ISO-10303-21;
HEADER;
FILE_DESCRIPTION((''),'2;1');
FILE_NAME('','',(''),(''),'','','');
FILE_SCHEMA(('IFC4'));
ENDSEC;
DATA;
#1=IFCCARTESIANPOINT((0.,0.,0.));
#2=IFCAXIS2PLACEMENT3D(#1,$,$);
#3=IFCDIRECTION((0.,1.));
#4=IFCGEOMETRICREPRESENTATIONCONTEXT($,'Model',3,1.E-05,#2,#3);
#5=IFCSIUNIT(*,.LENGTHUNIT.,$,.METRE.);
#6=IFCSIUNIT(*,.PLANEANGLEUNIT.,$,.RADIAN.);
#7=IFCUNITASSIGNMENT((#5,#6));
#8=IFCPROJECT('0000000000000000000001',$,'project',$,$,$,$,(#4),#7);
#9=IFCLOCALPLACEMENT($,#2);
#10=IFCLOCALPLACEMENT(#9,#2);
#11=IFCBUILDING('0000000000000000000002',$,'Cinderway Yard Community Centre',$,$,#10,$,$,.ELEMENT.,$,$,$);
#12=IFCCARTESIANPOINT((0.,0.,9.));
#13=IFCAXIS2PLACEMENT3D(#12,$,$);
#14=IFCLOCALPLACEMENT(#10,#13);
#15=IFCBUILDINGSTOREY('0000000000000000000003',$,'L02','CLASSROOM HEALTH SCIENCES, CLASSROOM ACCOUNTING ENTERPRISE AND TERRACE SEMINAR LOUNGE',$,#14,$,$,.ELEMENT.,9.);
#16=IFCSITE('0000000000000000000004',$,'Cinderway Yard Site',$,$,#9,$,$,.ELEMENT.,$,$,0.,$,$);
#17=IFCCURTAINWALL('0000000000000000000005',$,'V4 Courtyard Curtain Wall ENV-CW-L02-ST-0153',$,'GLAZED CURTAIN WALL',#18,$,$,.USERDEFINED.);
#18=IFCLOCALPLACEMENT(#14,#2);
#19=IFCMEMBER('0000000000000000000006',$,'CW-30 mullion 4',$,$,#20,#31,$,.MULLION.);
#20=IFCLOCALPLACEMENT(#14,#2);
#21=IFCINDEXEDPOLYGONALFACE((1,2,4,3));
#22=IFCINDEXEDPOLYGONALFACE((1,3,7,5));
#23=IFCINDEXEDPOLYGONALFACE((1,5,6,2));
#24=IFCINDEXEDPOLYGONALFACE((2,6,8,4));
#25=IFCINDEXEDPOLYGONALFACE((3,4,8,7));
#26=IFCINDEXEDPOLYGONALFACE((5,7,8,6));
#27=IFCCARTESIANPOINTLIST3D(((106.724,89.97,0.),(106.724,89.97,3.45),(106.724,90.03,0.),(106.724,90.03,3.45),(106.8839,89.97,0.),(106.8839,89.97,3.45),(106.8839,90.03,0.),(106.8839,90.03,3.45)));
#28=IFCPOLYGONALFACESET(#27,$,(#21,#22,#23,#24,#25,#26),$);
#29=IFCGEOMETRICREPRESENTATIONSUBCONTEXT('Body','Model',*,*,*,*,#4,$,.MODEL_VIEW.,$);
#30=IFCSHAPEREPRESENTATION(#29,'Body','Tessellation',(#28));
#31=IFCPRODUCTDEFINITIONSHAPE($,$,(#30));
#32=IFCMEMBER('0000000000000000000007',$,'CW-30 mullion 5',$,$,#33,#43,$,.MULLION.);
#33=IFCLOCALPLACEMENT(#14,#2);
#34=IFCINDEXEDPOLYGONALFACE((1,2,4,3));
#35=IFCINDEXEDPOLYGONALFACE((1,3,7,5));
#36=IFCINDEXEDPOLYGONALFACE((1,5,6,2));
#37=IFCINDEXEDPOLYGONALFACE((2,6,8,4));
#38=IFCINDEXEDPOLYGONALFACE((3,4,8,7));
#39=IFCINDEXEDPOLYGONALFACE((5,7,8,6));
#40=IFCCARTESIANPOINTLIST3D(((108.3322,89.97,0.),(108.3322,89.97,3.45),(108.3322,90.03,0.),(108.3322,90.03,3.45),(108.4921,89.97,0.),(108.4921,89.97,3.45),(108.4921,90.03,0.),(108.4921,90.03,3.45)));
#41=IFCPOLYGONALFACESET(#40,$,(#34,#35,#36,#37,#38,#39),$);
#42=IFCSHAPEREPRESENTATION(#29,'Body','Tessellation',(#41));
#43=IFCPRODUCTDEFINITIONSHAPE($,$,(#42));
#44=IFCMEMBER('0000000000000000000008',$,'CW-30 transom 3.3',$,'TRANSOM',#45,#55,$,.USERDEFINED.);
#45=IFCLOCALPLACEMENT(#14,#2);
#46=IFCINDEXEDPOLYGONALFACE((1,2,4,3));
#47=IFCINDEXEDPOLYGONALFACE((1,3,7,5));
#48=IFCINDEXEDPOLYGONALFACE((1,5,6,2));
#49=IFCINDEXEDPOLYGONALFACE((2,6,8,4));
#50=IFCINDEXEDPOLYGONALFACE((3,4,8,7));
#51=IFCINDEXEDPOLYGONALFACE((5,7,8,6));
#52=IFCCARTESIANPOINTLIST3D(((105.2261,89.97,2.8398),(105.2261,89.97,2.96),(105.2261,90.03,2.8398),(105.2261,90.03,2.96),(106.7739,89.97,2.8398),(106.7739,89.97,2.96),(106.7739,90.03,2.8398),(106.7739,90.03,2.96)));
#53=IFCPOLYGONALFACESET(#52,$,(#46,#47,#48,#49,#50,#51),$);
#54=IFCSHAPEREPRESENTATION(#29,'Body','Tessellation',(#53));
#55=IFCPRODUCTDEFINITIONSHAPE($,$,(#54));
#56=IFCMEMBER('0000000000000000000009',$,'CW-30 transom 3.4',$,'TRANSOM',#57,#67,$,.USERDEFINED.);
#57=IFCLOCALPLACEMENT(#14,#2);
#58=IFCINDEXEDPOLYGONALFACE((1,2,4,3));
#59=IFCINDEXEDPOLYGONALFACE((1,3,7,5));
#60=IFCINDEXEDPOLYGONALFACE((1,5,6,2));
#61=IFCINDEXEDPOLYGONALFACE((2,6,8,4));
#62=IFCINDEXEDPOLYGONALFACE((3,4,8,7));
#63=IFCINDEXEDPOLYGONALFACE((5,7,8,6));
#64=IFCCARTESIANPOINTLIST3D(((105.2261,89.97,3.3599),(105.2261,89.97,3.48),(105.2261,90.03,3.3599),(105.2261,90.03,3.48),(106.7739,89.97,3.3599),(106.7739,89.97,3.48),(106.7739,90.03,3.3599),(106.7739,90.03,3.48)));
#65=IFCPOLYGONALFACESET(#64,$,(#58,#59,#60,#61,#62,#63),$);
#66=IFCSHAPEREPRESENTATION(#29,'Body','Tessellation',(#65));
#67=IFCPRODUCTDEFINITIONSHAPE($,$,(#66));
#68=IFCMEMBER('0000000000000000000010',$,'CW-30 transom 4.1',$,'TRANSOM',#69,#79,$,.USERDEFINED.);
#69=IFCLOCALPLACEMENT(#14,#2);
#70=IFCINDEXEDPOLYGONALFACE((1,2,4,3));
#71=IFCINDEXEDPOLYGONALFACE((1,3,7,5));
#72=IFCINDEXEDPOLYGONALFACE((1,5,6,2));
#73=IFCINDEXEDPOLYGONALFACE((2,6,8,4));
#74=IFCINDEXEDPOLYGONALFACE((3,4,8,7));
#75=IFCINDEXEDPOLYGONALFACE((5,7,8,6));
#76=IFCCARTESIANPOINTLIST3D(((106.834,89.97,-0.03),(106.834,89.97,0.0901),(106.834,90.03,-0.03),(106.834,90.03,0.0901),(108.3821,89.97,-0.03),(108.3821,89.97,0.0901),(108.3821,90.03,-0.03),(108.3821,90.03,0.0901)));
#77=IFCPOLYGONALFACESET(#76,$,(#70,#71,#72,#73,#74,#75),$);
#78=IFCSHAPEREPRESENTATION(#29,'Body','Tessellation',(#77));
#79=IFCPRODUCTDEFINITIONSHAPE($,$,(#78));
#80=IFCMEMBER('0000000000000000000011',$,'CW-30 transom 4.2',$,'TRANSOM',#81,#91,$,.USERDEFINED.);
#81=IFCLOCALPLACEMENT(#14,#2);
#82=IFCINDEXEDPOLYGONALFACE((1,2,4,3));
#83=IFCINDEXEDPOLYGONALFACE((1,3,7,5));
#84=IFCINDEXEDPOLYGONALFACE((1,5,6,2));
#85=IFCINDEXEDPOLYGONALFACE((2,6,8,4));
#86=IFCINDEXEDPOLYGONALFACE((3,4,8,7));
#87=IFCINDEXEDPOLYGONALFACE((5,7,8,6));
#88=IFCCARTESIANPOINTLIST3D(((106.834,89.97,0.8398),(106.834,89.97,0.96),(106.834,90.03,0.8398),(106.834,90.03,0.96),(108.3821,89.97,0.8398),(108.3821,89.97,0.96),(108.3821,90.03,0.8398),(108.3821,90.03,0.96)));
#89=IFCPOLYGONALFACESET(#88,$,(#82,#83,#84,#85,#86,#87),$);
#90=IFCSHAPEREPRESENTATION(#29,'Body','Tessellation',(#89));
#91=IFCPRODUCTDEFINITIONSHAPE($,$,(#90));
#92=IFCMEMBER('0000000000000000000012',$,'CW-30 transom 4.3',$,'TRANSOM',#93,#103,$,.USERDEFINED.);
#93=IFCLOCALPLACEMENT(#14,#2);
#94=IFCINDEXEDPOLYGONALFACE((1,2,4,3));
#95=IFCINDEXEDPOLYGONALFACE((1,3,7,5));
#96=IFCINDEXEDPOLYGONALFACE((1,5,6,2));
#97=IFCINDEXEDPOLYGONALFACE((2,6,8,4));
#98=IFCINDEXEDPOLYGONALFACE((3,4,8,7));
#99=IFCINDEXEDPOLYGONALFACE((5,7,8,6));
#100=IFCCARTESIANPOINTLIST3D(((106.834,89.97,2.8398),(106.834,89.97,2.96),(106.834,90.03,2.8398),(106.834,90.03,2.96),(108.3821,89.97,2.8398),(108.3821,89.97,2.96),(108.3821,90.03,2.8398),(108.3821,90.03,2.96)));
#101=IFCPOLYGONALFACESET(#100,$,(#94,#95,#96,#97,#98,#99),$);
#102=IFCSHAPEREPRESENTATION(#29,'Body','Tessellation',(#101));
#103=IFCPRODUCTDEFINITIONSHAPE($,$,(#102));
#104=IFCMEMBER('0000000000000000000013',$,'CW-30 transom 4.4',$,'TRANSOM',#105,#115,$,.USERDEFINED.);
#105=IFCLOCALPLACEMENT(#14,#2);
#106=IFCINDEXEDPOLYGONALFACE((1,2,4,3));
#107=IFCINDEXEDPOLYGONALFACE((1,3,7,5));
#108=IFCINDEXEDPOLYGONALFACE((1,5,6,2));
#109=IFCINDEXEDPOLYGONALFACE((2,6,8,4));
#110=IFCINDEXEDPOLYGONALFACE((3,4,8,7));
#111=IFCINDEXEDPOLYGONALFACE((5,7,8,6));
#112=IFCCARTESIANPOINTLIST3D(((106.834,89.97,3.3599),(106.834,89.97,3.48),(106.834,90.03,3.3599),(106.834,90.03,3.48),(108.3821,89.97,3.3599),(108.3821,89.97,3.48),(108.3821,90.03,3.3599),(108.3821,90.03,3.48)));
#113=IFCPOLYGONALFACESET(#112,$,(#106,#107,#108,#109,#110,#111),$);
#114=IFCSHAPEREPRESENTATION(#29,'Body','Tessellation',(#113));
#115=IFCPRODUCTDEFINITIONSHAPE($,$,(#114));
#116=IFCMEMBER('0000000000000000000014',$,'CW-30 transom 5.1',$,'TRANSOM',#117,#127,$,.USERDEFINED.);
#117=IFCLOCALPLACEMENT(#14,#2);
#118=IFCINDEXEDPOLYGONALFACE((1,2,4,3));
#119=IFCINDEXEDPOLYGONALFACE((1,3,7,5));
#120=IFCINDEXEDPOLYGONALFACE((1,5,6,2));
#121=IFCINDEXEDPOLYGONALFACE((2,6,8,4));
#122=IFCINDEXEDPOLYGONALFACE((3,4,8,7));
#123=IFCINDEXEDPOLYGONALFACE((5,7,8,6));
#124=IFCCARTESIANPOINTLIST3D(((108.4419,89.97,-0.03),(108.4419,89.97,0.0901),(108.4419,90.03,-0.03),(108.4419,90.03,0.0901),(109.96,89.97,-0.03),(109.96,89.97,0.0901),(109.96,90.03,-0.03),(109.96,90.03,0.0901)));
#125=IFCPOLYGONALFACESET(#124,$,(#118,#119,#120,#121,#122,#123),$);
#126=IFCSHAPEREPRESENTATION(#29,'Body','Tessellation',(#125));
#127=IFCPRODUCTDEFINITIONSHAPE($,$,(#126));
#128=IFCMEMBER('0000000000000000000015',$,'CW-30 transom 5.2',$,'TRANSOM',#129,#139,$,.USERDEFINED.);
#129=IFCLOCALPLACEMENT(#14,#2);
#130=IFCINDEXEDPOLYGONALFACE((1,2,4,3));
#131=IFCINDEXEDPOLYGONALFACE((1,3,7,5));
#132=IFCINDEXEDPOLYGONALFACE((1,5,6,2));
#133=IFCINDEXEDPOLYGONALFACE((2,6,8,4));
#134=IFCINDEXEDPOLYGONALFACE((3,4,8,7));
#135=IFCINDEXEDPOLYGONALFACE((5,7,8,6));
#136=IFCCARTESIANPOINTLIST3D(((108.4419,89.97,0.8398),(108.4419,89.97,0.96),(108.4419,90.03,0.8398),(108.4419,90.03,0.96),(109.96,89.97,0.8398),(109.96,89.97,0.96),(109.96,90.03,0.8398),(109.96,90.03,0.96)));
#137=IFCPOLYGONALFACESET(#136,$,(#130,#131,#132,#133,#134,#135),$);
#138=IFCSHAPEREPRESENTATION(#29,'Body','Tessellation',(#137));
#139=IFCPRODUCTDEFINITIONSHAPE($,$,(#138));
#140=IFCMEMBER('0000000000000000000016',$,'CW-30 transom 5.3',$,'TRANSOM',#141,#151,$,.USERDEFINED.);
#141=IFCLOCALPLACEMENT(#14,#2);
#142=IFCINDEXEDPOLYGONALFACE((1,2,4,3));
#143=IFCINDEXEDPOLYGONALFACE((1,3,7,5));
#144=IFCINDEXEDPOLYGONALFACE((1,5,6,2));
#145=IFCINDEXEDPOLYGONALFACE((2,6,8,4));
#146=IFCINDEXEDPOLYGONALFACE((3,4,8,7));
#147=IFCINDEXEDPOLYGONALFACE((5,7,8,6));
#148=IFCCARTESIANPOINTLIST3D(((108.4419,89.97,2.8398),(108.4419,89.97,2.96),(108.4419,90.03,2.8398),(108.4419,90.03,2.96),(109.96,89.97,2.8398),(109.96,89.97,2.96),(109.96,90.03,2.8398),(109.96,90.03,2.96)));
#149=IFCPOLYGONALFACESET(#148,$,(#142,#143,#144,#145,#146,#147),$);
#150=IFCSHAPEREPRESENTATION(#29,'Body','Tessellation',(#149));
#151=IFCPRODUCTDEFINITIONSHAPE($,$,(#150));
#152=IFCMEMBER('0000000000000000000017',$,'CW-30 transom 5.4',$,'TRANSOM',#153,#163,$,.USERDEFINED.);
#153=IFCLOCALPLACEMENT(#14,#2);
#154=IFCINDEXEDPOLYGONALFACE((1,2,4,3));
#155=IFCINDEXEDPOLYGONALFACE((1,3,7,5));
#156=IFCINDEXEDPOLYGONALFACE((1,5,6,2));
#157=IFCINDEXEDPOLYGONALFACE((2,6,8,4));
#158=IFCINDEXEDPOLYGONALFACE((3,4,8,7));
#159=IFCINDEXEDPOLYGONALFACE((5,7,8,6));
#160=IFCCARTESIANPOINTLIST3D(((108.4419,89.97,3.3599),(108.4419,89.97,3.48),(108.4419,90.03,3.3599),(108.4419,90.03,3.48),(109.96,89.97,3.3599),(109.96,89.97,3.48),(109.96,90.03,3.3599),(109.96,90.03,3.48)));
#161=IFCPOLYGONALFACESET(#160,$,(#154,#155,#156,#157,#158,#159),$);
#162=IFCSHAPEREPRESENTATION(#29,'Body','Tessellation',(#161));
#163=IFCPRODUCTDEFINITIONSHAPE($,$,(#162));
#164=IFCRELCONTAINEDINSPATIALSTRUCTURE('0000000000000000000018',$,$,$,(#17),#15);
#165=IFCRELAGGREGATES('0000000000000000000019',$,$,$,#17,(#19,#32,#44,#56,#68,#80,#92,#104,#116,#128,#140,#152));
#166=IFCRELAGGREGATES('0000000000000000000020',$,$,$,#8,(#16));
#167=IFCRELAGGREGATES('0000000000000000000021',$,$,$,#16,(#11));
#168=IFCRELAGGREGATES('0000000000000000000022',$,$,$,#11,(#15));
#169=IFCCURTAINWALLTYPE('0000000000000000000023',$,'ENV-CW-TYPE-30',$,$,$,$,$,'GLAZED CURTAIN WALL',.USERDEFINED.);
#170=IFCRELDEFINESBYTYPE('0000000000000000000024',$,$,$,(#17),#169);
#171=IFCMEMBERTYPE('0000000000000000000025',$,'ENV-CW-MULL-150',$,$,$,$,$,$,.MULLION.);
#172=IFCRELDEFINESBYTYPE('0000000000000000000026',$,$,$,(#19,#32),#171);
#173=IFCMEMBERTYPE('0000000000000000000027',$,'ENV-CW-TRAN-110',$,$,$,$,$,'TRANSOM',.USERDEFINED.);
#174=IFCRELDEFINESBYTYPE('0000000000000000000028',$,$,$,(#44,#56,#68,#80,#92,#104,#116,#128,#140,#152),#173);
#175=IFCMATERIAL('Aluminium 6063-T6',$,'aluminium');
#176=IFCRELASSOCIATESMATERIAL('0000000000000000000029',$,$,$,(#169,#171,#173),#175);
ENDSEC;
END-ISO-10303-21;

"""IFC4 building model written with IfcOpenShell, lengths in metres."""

from ifc_helpers import new_model, si_unit, direction, frame, origin, origin_2d, place, context, subcontext, project, spatial, rectangle, extrude, material, material_profile, profile_set, type_object, element, aggregate, save


model = new_model("IFC4")

# Units and contexts
model_context = context("Model", 3, precision=1e-05, world=origin(), true_north=direction((0.0, 1.0)))
body_context = subcontext(model_context, "Body", "Model", "MODEL_VIEW")
ifc_project = project(units=[si_unit("LENGTHUNIT", "METRE"), si_unit("PLANEANGLEUNIT", "RADIAN")], contexts=[model_context])

# Site, building, storey
site_placement = place(None, origin())
site = spatial("IfcSite", under=ifc_project, at=site_placement, Name="Cinderway Yard Site", CompositionType="ELEMENT", RefElevation=0.0)
building_placement = place(site_placement, origin())
building = spatial("IfcBuilding", under=site, at=building_placement, Name="Cinderway Yard Community Centre", CompositionType="ELEMENT")
storey_placement = place(building_placement, frame((0.0, 0.0, 9.0)))
storey = spatial("IfcBuildingStorey", under=building, at=storey_placement, Name="L02", Description="CLASSROOM HEALTH SCIENCES, CLASSROOM ACCOUNTING ENTERPRISE AND TERRACE SEMINAR LOUNGE", CompositionType="ELEMENT", Elevation=9.0)

# Curtain wall, members
ifc_material_1 = material(Name="Aluminium 6063-T6", Category="aluminium")
curtain_wall_type = type_object("IfcCurtainWallType", Name="ENV-CW-TYPE-30", ElementType="GLAZED CURTAIN WALL", PredefinedType="USERDEFINED", material=ifc_material_1)
curtain_wall_placement = place(storey_placement, origin())
curtain_wall = element("IfcCurtainWall", 1, at=curtain_wall_placement, inside=storey, type_object=curtain_wall_type, Name="V4 Courtyard Curtain Wall ENV-CW-L02-ST-0153", ObjectType="GLAZED CURTAIN WALL", PredefinedType="USERDEFINED")
ifc_material_profile_1 = material_profile(ifc_material_1, rectangle(XDim=0.0601, YDim=0.1599, at=origin_2d()), Name="Aluminium 6063-T6")
ifc_profile_set_1 = profile_set([ifc_material_profile_1], Name="Aluminium 6063-T6")
member_type_1 = type_object("IfcMemberType", Name="ENV-CW-MULL-150", PredefinedType="MULLION", material=ifc_profile_set_1)
member_1_placement = place(storey_placement, frame((106.804, 90.0, 0.0), z_axis=(0.0, 0.0, 1.0), x_axis=(0.0, 1.0, 0.0)))
member_1 = element("IfcMember", 2, at=member_1_placement, type_object=member_type_1, Name="CW-30 mullion 4", PredefinedType="MULLION", context=body_context, shape_type="SweptSolid", body=[
    extrude(rectangle(XDim=0.0601, YDim=0.1599, at=origin_2d()), origin(), (0.0, 0.0, 1.0), 3.45),
])
member_2_placement = place(storey_placement, frame((108.4121, 90.0, 0.0), z_axis=(0.0, 0.0, 1.0), x_axis=(0.0, 1.0, 0.0)))
member_2 = element("IfcMember", 3, at=member_2_placement, type_object=member_type_1, Name="CW-30 mullion 5", PredefinedType="MULLION", context=body_context, shape_type="SweptSolid", body=[
    extrude(rectangle(XDim=0.0601, YDim=0.1599, at=origin_2d()), origin(), (0.0, 0.0, 1.0), 3.45),
])
ifc_material_profile_2 = material_profile(ifc_material_1, rectangle(XDim=0.0601, YDim=0.1201, at=origin_2d()), Name="Aluminium 6063-T6")
ifc_profile_set_2 = profile_set([ifc_material_profile_2], Name="Aluminium 6063-T6")
member_type_2 = type_object("IfcMemberType", Name="ENV-CW-TRAN-110", ElementType="TRANSOM", PredefinedType="USERDEFINED", material=ifc_profile_set_2)
member_3_placement = place(storey_placement, frame((105.2261, 90.0, 2.8999), z_axis=(1.0, 0.0, 0.0), x_axis=(0.0, 1.0, 0.0)))
member_3 = element("IfcMember", 4, at=member_3_placement, type_object=member_type_2, Name="CW-30 transom 3.3", ObjectType="TRANSOM", PredefinedType="USERDEFINED", context=body_context, shape_type="SweptSolid", body=[
    extrude(rectangle(XDim=0.0601, YDim=0.1201, at=origin_2d()), origin(), (0.0, 0.0, 1.0), 1.5479),
])
member_4_placement = place(storey_placement, frame((105.2261, 90.0, 3.4199), z_axis=(1.0, 0.0, 0.0), x_axis=(0.0, 1.0, 0.0)))
member_4 = element("IfcMember", 5, at=member_4_placement, type_object=member_type_2, Name="CW-30 transom 3.4", ObjectType="TRANSOM", PredefinedType="USERDEFINED", context=body_context, shape_type="SweptSolid", body=[
    extrude(rectangle(XDim=0.0601, YDim=0.1201, at=origin_2d()), origin(), (0.0, 0.0, 1.0), 1.5479),
])
member_5_placement = place(storey_placement, frame((106.834, 90.0, 0.03), z_axis=(1.0, 0.0, 0.0), x_axis=(0.0, 1.0, 0.0)))
member_5 = element("IfcMember", 6, at=member_5_placement, type_object=member_type_2, Name="CW-30 transom 4.1", ObjectType="TRANSOM", PredefinedType="USERDEFINED", context=body_context, shape_type="SweptSolid", body=[
    extrude(rectangle(XDim=0.0601, YDim=0.1201, at=origin_2d()), origin(), (0.0, 0.0, 1.0), 1.5481),
])
member_6_placement = place(storey_placement, frame((106.834, 90.0, 0.8999), z_axis=(1.0, 0.0, 0.0), x_axis=(0.0, 1.0, 0.0)))
member_6 = element("IfcMember", 7, at=member_6_placement, type_object=member_type_2, Name="CW-30 transom 4.2", ObjectType="TRANSOM", PredefinedType="USERDEFINED", context=body_context, shape_type="SweptSolid", body=[
    extrude(rectangle(XDim=0.0601, YDim=0.1201, at=origin_2d()), origin(), (0.0, 0.0, 1.0), 1.5481),
])
member_7_placement = place(storey_placement, frame((106.834, 90.0, 2.8999), z_axis=(1.0, 0.0, 0.0), x_axis=(0.0, 1.0, 0.0)))
member_7 = element("IfcMember", 8, at=member_7_placement, type_object=member_type_2, Name="CW-30 transom 4.3", ObjectType="TRANSOM", PredefinedType="USERDEFINED", context=body_context, shape_type="SweptSolid", body=[
    extrude(rectangle(XDim=0.0601, YDim=0.1201, at=origin_2d()), origin(), (0.0, 0.0, 1.0), 1.5481),
])
member_8_placement = place(storey_placement, frame((106.834, 90.0, 3.4199), z_axis=(1.0, 0.0, 0.0), x_axis=(0.0, 1.0, 0.0)))
member_8 = element("IfcMember", 9, at=member_8_placement, type_object=member_type_2, Name="CW-30 transom 4.4", ObjectType="TRANSOM", PredefinedType="USERDEFINED", context=body_context, shape_type="SweptSolid", body=[
    extrude(rectangle(XDim=0.0601, YDim=0.1201, at=origin_2d()), origin(), (0.0, 0.0, 1.0), 1.5481),
])
member_9_placement = place(storey_placement, frame((108.4419, 90.0, 0.03), z_axis=(1.0, 0.0, 0.0), x_axis=(0.0, 1.0, 0.0)))
member_9 = element("IfcMember", 10, at=member_9_placement, type_object=member_type_2, Name="CW-30 transom 5.1", ObjectType="TRANSOM", PredefinedType="USERDEFINED", context=body_context, shape_type="SweptSolid", body=[
    extrude(rectangle(XDim=0.0601, YDim=0.1201, at=origin_2d()), origin(), (0.0, 0.0, 1.0), 1.5181),
])
member_10_placement = place(storey_placement, frame((108.4419, 90.0, 0.8999), z_axis=(1.0, 0.0, 0.0), x_axis=(0.0, 1.0, 0.0)))
member_10 = element("IfcMember", 11, at=member_10_placement, type_object=member_type_2, Name="CW-30 transom 5.2", ObjectType="TRANSOM", PredefinedType="USERDEFINED", context=body_context, shape_type="SweptSolid", body=[
    extrude(rectangle(XDim=0.0601, YDim=0.1201, at=origin_2d()), origin(), (0.0, 0.0, 1.0), 1.5181),
])
member_11_placement = place(storey_placement, frame((108.4419, 90.0, 2.8999), z_axis=(1.0, 0.0, 0.0), x_axis=(0.0, 1.0, 0.0)))
member_11 = element("IfcMember", 12, at=member_11_placement, type_object=member_type_2, Name="CW-30 transom 5.3", ObjectType="TRANSOM", PredefinedType="USERDEFINED", context=body_context, shape_type="SweptSolid", body=[
    extrude(rectangle(XDim=0.0601, YDim=0.1201, at=origin_2d()), origin(), (0.0, 0.0, 1.0), 1.5181),
])
member_12_placement = place(storey_placement, frame((108.4419, 90.0, 3.4199), z_axis=(1.0, 0.0, 0.0), x_axis=(0.0, 1.0, 0.0)))
member_12 = element("IfcMember", 13, at=member_12_placement, type_object=member_type_2, Name="CW-30 transom 5.4", ObjectType="TRANSOM", PredefinedType="USERDEFINED", context=body_context, shape_type="SweptSolid", body=[
    extrude(rectangle(XDim=0.0601, YDim=0.1201, at=origin_2d()), origin(), (0.0, 0.0, 1.0), 1.5181),
])

aggregate(curtain_wall, [member_1, member_2, member_3, member_4, member_5, member_6, member_7, member_8, member_9, member_10, member_11, member_12])

save(model, "model.ifc")
